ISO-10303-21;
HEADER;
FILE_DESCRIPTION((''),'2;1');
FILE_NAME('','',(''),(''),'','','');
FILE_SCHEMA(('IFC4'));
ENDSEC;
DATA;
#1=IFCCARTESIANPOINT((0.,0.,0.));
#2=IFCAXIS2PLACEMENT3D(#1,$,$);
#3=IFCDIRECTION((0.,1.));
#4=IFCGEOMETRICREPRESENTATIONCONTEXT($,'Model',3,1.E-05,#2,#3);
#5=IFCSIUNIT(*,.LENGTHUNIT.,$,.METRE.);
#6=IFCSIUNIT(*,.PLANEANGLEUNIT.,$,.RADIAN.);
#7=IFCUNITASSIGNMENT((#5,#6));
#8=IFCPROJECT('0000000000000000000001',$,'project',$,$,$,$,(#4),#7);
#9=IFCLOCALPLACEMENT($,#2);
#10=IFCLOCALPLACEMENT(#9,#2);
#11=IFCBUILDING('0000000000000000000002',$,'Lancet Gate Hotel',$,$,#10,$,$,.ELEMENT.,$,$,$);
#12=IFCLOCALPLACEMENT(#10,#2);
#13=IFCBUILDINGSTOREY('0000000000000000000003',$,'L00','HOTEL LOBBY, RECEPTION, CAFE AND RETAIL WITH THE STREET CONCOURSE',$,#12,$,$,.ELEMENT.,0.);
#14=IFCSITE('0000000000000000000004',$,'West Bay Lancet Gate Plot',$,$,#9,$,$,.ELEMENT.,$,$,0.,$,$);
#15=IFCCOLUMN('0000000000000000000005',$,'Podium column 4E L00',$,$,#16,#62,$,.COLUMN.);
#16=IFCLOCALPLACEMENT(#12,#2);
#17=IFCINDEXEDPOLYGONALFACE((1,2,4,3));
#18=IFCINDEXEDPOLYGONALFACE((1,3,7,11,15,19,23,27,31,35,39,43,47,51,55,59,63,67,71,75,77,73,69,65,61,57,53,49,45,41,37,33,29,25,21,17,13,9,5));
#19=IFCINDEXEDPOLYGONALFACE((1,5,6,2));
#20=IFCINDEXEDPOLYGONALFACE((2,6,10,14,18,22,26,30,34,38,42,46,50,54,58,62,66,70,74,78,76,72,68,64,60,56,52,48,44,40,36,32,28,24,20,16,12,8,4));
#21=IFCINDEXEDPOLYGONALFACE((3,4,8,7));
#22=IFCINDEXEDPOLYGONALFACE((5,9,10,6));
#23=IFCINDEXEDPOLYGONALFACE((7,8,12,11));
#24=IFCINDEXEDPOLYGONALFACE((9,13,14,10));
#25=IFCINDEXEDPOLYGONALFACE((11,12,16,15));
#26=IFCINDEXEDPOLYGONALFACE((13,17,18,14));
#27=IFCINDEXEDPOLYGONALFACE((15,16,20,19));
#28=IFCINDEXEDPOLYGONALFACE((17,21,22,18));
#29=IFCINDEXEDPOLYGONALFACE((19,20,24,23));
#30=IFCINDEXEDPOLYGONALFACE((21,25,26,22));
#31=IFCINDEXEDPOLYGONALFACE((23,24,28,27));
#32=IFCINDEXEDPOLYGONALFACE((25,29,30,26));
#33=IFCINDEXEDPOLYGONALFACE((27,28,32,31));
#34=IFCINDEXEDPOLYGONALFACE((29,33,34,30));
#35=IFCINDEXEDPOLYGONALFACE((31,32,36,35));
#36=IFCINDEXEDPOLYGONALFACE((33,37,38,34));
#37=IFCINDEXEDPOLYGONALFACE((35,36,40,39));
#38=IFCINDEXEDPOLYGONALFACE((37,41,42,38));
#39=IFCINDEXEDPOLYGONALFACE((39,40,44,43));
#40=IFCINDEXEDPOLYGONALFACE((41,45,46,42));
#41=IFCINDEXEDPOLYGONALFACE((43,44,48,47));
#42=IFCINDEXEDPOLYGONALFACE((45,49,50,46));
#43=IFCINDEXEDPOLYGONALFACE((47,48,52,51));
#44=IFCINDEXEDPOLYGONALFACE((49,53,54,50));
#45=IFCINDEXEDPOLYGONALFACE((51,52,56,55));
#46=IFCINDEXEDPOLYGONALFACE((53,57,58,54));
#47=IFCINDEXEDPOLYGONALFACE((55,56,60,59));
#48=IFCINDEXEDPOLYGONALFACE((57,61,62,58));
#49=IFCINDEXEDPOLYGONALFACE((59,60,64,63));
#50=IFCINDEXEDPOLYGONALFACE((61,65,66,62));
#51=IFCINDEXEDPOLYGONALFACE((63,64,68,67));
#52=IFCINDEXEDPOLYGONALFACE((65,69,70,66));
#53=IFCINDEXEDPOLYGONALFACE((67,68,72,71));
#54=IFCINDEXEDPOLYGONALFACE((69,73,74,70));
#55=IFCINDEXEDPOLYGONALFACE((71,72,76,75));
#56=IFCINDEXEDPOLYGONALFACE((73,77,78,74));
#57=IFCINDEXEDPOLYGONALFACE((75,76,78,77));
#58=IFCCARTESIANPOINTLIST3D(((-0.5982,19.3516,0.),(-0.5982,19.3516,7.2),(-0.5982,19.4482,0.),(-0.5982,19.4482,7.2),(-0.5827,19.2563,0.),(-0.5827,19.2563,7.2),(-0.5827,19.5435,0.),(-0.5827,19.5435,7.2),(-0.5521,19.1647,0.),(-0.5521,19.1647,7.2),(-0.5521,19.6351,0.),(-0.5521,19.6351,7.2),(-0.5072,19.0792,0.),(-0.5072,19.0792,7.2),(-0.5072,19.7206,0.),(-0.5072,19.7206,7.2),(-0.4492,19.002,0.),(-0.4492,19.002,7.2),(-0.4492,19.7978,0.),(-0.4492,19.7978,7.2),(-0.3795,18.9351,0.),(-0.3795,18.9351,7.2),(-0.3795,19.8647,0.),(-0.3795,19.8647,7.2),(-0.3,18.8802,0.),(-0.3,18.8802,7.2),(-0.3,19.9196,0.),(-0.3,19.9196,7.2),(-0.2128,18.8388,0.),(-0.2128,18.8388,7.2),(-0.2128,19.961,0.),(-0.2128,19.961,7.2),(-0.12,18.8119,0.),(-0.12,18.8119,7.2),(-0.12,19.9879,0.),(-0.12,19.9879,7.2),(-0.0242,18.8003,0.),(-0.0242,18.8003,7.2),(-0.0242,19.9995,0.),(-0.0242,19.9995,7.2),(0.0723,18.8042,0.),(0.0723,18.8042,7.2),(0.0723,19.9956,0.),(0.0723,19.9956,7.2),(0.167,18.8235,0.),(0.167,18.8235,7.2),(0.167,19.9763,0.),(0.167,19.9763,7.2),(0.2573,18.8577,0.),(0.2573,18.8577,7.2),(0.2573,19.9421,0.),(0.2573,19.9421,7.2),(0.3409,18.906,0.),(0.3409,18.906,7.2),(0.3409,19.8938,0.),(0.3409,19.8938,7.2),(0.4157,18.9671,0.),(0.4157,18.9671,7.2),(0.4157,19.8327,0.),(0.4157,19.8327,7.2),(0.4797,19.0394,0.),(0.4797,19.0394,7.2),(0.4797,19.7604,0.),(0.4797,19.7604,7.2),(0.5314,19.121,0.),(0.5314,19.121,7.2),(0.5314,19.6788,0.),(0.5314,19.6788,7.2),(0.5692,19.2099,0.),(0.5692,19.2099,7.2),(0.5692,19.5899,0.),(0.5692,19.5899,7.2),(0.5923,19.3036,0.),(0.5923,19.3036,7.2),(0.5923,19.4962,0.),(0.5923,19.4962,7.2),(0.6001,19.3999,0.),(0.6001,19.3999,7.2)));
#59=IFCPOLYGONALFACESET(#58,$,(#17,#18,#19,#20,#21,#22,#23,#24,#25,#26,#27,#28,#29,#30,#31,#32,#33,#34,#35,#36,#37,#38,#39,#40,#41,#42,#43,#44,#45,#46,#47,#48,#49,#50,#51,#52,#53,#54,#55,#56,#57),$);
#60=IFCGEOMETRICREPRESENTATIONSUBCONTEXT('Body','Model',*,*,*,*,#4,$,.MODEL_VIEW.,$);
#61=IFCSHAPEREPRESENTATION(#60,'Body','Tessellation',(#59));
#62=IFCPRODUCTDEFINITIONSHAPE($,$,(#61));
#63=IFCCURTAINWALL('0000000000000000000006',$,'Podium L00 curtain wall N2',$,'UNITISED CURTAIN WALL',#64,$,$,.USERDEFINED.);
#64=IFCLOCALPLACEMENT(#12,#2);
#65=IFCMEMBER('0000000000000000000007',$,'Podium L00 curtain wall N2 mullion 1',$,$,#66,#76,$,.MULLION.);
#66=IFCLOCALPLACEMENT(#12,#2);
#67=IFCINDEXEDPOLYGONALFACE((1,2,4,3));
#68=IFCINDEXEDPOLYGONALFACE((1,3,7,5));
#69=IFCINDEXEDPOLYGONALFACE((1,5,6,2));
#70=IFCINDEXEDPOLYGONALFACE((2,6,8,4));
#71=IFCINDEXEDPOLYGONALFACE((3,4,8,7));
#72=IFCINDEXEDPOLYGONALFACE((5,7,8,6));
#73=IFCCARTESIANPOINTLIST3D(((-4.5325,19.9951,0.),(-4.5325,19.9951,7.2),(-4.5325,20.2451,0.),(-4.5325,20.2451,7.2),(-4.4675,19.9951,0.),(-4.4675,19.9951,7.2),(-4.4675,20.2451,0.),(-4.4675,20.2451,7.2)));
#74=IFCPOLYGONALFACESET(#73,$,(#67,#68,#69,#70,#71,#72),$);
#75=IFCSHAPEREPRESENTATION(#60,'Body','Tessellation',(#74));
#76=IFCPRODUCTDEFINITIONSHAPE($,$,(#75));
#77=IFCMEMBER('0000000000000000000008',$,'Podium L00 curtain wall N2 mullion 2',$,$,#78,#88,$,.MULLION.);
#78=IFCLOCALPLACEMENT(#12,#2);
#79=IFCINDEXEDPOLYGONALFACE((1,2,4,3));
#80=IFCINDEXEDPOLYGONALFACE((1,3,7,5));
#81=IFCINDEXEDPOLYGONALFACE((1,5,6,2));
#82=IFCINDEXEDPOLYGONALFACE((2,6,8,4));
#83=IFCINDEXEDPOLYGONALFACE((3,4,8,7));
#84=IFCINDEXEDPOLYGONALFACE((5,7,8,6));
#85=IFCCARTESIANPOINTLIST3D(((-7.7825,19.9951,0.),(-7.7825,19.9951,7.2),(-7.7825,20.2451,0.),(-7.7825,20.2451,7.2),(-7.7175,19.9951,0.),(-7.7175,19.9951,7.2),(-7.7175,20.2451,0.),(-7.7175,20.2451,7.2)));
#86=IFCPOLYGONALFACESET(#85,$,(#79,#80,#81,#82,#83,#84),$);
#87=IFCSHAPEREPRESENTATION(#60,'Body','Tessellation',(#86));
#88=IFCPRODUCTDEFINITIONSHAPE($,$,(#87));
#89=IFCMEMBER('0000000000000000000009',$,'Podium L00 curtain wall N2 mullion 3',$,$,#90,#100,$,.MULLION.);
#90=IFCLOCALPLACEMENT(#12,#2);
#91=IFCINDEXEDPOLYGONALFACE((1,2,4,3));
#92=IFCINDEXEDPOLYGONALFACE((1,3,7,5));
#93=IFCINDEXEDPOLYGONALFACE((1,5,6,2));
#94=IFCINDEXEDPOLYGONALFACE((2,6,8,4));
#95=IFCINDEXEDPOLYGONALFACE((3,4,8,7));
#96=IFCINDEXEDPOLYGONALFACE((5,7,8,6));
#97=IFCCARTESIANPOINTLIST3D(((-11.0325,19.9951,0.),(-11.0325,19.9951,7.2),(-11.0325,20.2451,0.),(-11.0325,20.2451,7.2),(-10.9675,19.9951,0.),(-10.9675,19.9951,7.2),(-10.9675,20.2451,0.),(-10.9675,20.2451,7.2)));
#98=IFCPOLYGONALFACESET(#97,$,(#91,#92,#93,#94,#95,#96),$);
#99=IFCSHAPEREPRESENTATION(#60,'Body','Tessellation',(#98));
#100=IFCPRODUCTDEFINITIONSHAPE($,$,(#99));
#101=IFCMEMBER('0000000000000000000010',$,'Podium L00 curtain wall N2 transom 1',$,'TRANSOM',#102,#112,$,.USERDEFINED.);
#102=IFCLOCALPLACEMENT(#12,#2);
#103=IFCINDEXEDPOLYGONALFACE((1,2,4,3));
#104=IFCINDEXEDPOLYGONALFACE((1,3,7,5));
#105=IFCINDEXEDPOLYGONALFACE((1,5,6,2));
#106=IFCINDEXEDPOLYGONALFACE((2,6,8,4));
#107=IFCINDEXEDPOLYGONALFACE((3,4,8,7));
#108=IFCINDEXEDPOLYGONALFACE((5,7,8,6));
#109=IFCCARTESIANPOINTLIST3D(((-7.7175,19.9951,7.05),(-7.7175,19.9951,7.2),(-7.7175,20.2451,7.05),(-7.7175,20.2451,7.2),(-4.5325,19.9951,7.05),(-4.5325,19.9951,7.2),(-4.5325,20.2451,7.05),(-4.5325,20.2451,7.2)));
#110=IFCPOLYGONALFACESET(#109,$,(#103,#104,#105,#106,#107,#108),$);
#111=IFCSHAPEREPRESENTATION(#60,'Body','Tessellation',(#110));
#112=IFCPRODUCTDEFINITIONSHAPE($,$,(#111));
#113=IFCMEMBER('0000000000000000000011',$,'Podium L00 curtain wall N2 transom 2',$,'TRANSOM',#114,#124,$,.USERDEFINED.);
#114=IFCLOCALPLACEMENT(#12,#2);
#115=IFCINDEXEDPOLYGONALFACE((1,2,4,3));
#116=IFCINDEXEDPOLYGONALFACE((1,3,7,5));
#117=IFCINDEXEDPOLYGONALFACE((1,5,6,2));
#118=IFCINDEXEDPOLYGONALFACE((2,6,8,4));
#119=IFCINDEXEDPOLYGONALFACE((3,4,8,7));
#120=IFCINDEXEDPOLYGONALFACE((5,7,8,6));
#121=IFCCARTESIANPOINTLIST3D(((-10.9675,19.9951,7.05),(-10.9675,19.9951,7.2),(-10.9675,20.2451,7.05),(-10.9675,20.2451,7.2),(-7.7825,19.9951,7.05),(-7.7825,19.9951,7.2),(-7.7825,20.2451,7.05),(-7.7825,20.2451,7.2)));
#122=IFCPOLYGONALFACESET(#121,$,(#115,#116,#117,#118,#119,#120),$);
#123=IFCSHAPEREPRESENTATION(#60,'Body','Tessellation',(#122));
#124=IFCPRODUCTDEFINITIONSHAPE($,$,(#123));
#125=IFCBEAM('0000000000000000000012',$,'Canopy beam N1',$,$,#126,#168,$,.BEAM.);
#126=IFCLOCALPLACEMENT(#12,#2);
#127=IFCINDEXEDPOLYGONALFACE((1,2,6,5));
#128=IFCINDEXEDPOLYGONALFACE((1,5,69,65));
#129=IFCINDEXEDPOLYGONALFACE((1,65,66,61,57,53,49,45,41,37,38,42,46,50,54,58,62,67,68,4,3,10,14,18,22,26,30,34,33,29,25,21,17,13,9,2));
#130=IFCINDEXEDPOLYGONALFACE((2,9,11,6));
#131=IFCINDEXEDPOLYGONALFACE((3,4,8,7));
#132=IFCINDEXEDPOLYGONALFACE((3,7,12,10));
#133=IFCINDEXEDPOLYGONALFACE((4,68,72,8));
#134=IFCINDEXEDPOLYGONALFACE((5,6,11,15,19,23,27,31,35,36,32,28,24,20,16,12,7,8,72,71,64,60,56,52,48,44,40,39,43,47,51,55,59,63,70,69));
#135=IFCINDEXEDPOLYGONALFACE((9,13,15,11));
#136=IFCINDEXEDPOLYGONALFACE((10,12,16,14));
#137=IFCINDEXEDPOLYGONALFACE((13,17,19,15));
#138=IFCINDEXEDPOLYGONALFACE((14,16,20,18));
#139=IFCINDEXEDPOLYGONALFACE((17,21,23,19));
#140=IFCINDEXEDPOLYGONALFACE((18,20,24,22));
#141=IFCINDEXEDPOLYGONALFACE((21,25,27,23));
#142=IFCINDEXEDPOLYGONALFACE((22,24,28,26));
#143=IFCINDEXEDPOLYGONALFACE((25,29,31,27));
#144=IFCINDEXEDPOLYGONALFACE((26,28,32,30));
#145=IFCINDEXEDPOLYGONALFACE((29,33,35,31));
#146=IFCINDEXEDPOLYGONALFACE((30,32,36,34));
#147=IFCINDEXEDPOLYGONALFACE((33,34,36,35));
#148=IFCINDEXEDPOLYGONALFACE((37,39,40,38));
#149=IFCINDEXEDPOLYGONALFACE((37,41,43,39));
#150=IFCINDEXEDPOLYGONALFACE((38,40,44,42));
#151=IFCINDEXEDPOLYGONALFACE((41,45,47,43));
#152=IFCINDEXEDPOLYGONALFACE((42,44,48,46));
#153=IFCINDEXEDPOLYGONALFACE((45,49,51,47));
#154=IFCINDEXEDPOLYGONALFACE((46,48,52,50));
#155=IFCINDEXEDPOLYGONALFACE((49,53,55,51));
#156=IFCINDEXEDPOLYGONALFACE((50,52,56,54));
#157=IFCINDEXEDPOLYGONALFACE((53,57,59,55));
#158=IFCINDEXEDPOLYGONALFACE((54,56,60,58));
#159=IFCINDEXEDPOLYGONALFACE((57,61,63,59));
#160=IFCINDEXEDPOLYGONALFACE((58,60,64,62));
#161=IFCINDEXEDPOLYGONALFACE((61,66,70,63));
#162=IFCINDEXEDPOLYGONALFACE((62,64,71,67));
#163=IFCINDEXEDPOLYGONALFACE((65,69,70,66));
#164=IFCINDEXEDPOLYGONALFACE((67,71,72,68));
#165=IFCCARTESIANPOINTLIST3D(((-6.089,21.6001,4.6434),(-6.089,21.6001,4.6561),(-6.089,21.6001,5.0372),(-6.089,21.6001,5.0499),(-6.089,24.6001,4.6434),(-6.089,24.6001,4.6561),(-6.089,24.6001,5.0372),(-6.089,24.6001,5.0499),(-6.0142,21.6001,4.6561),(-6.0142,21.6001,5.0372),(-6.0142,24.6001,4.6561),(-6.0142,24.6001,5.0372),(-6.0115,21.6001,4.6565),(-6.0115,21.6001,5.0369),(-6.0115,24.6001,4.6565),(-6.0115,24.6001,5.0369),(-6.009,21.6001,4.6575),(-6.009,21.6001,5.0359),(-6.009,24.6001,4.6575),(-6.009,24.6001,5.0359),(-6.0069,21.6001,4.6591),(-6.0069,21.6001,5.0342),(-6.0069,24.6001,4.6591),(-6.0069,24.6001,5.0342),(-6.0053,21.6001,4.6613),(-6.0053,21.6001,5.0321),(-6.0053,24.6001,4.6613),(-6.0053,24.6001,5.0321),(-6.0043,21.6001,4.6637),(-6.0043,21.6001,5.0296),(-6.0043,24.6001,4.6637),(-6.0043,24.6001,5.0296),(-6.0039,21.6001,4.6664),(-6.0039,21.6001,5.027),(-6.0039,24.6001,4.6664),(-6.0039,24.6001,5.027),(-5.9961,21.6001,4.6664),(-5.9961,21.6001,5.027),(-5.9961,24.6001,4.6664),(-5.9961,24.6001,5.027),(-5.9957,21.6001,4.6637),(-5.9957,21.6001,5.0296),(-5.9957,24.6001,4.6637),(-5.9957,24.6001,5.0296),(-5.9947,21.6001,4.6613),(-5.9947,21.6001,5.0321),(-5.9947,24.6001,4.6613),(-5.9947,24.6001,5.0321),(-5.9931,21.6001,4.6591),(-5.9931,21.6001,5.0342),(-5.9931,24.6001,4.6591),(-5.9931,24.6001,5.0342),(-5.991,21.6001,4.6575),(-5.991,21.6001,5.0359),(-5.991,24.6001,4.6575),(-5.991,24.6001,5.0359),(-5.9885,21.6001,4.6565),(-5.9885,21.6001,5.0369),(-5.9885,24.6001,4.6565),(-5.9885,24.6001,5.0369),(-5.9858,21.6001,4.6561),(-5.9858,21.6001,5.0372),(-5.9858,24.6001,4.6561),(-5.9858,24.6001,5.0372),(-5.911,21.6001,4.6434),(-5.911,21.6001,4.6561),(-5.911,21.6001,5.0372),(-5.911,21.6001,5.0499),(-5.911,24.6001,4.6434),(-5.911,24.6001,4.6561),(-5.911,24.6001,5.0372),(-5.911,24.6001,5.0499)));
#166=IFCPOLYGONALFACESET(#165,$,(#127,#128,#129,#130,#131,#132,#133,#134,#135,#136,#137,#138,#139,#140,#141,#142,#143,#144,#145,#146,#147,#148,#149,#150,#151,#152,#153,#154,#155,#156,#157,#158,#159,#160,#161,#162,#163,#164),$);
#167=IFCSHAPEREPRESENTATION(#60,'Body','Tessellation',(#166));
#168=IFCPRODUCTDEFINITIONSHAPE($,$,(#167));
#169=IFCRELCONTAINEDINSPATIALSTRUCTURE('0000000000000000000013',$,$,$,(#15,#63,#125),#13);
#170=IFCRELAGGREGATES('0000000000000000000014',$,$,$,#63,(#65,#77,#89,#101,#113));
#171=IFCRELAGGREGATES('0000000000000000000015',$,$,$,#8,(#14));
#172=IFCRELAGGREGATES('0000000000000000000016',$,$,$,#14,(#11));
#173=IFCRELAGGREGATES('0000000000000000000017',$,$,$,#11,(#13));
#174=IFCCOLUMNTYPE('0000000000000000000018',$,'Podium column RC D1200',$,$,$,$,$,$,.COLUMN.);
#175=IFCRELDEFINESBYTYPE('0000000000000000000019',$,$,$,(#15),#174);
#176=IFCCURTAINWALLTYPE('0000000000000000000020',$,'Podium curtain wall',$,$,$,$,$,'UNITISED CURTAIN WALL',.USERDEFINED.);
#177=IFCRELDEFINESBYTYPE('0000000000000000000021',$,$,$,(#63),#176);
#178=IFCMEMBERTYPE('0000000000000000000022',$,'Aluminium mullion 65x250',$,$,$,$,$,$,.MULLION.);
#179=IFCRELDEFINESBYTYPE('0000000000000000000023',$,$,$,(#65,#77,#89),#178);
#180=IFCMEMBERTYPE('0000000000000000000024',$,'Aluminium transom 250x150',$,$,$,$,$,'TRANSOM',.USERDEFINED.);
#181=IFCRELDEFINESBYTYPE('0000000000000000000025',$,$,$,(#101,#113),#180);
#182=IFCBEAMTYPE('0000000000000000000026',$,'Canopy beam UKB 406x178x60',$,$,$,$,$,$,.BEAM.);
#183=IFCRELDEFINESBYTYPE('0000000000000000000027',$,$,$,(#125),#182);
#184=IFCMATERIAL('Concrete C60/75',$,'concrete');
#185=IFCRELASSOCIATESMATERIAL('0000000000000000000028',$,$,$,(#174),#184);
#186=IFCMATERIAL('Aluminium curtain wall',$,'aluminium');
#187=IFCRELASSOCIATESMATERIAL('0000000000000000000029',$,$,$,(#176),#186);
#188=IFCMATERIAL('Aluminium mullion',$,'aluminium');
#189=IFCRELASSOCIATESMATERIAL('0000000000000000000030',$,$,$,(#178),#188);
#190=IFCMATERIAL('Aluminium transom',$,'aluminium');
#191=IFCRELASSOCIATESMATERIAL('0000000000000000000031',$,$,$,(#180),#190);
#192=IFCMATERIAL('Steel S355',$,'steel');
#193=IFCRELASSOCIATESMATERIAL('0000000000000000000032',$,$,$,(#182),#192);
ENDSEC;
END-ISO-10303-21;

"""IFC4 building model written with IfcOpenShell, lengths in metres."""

from ifc_helpers import new_model, si_unit, direction, frame, origin, origin_2d, place, context, subcontext, project, spatial, rectangle, circle, i_section, extrude, material, material_profile, profile_set, type_object, element, aggregate, save


model = new_model("IFC4")

# Units and contexts
model_context = context("Model", 3, precision=1e-05, world=origin(), true_north=direction((0.0, 1.0)))
body_context = subcontext(model_context, "Body", "Model", "MODEL_VIEW")
ifc_project = project(units=[si_unit("LENGTHUNIT", "METRE"), si_unit("PLANEANGLEUNIT", "RADIAN")], contexts=[model_context])

# Site, building, storey
site_placement = place(None, origin())
site = spatial("IfcSite", under=ifc_project, at=site_placement, Name="West Bay Lancet Gate Plot", CompositionType="ELEMENT", RefElevation=0.0)
building_placement = place(site_placement, origin())
building = spatial("IfcBuilding", under=site, at=building_placement, Name="Lancet Gate Hotel", CompositionType="ELEMENT")
storey_placement = place(building_placement, origin())
storey = spatial("IfcBuildingStorey", under=building, at=storey_placement, Name="L00", Description="HOTEL LOBBY, RECEPTION, CAFE AND RETAIL WITH THE STREET CONCOURSE", CompositionType="ELEMENT", Elevation=0.0)

# Column
ifc_material_1 = material(Name="Concrete C60/75", Category="concrete")
ifc_material_profile_1 = material_profile(ifc_material_1, circle(Radius=0.6001, at=origin_2d()), Name="RC D1200")
ifc_profile_set_1 = profile_set([ifc_material_profile_1], Name="Concrete C60/75")
column_type_1 = type_object("IfcColumnType", Name="Podium column RC D1200", PredefinedType="COLUMN", material=ifc_profile_set_1)
for number, where, z_axis, x_axis, name in (
    (1, (0.0, 19.3999, 0.0), (0.0, 0.0, 1.0), (1.0, 0.0, 0.0), "Podium column 4E L00"),
):
    element("IfcColumn", number, at=place(storey_placement, frame(where, z_axis=z_axis, x_axis=x_axis)), inside=storey, type_object=column_type_1, Name=name, PredefinedType="COLUMN", context=body_context, shape_type="SweptSolid", body=[
        extrude(circle(Radius=0.6001, at=origin_2d()), origin(), (0.0, 0.0, 1.0), 7.2),
    ])

# Curtain wall, members
ifc_material_2 = material(Name="Aluminium curtain wall", Category="aluminium")
curtain_wall_type = type_object("IfcCurtainWallType", Name="Podium curtain wall", ElementType="UNITISED CURTAIN WALL", PredefinedType="USERDEFINED", material=ifc_material_2)
curtain_wall_placement = place(storey_placement, origin())
curtain_wall = element("IfcCurtainWall", 2, at=curtain_wall_placement, inside=storey, type_object=curtain_wall_type, Name="Podium L00 curtain wall N2", ObjectType="UNITISED CURTAIN WALL", PredefinedType="USERDEFINED")
ifc_material_3 = material(Name="Aluminium mullion", Category="aluminium")
ifc_material_profile_2 = material_profile(ifc_material_3, rectangle(XDim=0.0649, YDim=0.25, at=origin_2d()), Name="MULLION 65x250")
ifc_profile_set_2 = profile_set([ifc_material_profile_2], Name="Aluminium mullion")
member_type_1 = type_object("IfcMemberType", Name="Aluminium mullion 65x250", PredefinedType="MULLION", material=ifc_profile_set_2)
member_1_placement = place(storey_placement, frame((-4.5, 20.1201, 0.0), z_axis=(0.0, 0.0, 1.0), x_axis=(-1.0, 0.0, 0.0)))
member_1 = element("IfcMember", 3, at=member_1_placement, type_object=member_type_1, Name="Podium L00 curtain wall N2 mullion 1", PredefinedType="MULLION", context=body_context, shape_type="SweptSolid", body=[
    extrude(rectangle(XDim=0.0649, YDim=0.25, at=origin_2d()), origin(), (0.0, 0.0, 1.0), 7.2),
])
member_2_placement = place(storey_placement, frame((-7.75, 20.1201, 0.0), z_axis=(0.0, 0.0, 1.0), x_axis=(-1.0, 0.0, 0.0)))
member_2 = element("IfcMember", 4, at=member_2_placement, type_object=member_type_1, Name="Podium L00 curtain wall N2 mullion 2", PredefinedType="MULLION", context=body_context, shape_type="SweptSolid", body=[
    extrude(rectangle(XDim=0.0649, YDim=0.25, at=origin_2d()), origin(), (0.0, 0.0, 1.0), 7.2),
])
member_3_placement = place(storey_placement, frame((-11.0, 20.1201, 0.0), z_axis=(0.0, 0.0, 1.0), x_axis=(-1.0, 0.0, 0.0)))
member_3 = element("IfcMember", 5, at=member_3_placement, type_object=member_type_1, Name="Podium L00 curtain wall N2 mullion 3", PredefinedType="MULLION", context=body_context, shape_type="SweptSolid", body=[
    extrude(rectangle(XDim=0.0649, YDim=0.25, at=origin_2d()), origin(), (0.0, 0.0, 1.0), 7.2),
])
ifc_material_4 = material(Name="Aluminium transom", Category="aluminium")
ifc_material_profile_3 = material_profile(ifc_material_4, rectangle(XDim=0.25, YDim=0.1499, at=origin_2d()), Name="TRANSOM 250x150")
ifc_profile_set_3 = profile_set([ifc_material_profile_3], Name="Aluminium transom")
member_type_2 = type_object("IfcMemberType", Name="Aluminium transom 250x150", ElementType="TRANSOM", PredefinedType="USERDEFINED", material=ifc_profile_set_3)
member_4_placement = place(storey_placement, frame((-4.5325, 20.1201, 7.125), z_axis=(-1.0, 0.0, 0.0), x_axis=(0.0, -1.0, 0.0)))
member_4 = element("IfcMember", 6, at=member_4_placement, type_object=member_type_2, Name="Podium L00 curtain wall N2 transom 1", ObjectType="TRANSOM", PredefinedType="USERDEFINED", context=body_context, shape_type="SweptSolid", body=[
    extrude(rectangle(XDim=0.25, YDim=0.1499, at=origin_2d()), origin(), (0.0, 0.0, 1.0), 3.1851),
])
member_5_placement = place(storey_placement, frame((-7.7825, 20.1201, 7.125), z_axis=(-1.0, 0.0, 0.0), x_axis=(0.0, -1.0, 0.0)))
member_5 = element("IfcMember", 7, at=member_5_placement, type_object=member_type_2, Name="Podium L00 curtain wall N2 transom 2", ObjectType="TRANSOM", PredefinedType="USERDEFINED", context=body_context, shape_type="SweptSolid", body=[
    extrude(rectangle(XDim=0.25, YDim=0.1499, at=origin_2d()), origin(), (0.0, 0.0, 1.0), 3.1851),
])

# Beam
ifc_material_5 = material(Name="Steel S355", Category="steel")
ifc_material_profile_4 = material_profile(ifc_material_5, i_section(OverallWidth=0.178, OverallDepth=0.4065, WebThickness=0.0078, FlangeThickness=0.0127, FilletRadius=0.0103, at=origin_2d()), Name="UKB 406x178x60")
ifc_profile_set_4 = profile_set([ifc_material_profile_4], Name="Steel S355")
beam_type_1 = type_object("IfcBeamType", Name="Canopy beam UKB 406x178x60", PredefinedType="BEAM", material=ifc_profile_set_4)
beam_placement = place(storey_placement, frame((-6.0, 21.6001, 4.8467), z_axis=(0.0, 1.0, 0.0), x_axis=(-1.0, 0.0, 0.0)))
element("IfcBeam", 8, at=beam_placement, inside=storey, type_object=beam_type_1, Name="Canopy beam N1", PredefinedType="BEAM", context=body_context, shape_type="SweptSolid", body=[
    extrude(i_section(OverallWidth=0.178, OverallDepth=0.4065, WebThickness=0.0078, FlangeThickness=0.0127, FilletRadius=0.0103, at=origin_2d()), origin(), (0.0, 0.0, 1.0), 3.0),
])

aggregate(curtain_wall, [member_1, member_2, member_3, member_4, member_5])

save(model, "model.ifc")
